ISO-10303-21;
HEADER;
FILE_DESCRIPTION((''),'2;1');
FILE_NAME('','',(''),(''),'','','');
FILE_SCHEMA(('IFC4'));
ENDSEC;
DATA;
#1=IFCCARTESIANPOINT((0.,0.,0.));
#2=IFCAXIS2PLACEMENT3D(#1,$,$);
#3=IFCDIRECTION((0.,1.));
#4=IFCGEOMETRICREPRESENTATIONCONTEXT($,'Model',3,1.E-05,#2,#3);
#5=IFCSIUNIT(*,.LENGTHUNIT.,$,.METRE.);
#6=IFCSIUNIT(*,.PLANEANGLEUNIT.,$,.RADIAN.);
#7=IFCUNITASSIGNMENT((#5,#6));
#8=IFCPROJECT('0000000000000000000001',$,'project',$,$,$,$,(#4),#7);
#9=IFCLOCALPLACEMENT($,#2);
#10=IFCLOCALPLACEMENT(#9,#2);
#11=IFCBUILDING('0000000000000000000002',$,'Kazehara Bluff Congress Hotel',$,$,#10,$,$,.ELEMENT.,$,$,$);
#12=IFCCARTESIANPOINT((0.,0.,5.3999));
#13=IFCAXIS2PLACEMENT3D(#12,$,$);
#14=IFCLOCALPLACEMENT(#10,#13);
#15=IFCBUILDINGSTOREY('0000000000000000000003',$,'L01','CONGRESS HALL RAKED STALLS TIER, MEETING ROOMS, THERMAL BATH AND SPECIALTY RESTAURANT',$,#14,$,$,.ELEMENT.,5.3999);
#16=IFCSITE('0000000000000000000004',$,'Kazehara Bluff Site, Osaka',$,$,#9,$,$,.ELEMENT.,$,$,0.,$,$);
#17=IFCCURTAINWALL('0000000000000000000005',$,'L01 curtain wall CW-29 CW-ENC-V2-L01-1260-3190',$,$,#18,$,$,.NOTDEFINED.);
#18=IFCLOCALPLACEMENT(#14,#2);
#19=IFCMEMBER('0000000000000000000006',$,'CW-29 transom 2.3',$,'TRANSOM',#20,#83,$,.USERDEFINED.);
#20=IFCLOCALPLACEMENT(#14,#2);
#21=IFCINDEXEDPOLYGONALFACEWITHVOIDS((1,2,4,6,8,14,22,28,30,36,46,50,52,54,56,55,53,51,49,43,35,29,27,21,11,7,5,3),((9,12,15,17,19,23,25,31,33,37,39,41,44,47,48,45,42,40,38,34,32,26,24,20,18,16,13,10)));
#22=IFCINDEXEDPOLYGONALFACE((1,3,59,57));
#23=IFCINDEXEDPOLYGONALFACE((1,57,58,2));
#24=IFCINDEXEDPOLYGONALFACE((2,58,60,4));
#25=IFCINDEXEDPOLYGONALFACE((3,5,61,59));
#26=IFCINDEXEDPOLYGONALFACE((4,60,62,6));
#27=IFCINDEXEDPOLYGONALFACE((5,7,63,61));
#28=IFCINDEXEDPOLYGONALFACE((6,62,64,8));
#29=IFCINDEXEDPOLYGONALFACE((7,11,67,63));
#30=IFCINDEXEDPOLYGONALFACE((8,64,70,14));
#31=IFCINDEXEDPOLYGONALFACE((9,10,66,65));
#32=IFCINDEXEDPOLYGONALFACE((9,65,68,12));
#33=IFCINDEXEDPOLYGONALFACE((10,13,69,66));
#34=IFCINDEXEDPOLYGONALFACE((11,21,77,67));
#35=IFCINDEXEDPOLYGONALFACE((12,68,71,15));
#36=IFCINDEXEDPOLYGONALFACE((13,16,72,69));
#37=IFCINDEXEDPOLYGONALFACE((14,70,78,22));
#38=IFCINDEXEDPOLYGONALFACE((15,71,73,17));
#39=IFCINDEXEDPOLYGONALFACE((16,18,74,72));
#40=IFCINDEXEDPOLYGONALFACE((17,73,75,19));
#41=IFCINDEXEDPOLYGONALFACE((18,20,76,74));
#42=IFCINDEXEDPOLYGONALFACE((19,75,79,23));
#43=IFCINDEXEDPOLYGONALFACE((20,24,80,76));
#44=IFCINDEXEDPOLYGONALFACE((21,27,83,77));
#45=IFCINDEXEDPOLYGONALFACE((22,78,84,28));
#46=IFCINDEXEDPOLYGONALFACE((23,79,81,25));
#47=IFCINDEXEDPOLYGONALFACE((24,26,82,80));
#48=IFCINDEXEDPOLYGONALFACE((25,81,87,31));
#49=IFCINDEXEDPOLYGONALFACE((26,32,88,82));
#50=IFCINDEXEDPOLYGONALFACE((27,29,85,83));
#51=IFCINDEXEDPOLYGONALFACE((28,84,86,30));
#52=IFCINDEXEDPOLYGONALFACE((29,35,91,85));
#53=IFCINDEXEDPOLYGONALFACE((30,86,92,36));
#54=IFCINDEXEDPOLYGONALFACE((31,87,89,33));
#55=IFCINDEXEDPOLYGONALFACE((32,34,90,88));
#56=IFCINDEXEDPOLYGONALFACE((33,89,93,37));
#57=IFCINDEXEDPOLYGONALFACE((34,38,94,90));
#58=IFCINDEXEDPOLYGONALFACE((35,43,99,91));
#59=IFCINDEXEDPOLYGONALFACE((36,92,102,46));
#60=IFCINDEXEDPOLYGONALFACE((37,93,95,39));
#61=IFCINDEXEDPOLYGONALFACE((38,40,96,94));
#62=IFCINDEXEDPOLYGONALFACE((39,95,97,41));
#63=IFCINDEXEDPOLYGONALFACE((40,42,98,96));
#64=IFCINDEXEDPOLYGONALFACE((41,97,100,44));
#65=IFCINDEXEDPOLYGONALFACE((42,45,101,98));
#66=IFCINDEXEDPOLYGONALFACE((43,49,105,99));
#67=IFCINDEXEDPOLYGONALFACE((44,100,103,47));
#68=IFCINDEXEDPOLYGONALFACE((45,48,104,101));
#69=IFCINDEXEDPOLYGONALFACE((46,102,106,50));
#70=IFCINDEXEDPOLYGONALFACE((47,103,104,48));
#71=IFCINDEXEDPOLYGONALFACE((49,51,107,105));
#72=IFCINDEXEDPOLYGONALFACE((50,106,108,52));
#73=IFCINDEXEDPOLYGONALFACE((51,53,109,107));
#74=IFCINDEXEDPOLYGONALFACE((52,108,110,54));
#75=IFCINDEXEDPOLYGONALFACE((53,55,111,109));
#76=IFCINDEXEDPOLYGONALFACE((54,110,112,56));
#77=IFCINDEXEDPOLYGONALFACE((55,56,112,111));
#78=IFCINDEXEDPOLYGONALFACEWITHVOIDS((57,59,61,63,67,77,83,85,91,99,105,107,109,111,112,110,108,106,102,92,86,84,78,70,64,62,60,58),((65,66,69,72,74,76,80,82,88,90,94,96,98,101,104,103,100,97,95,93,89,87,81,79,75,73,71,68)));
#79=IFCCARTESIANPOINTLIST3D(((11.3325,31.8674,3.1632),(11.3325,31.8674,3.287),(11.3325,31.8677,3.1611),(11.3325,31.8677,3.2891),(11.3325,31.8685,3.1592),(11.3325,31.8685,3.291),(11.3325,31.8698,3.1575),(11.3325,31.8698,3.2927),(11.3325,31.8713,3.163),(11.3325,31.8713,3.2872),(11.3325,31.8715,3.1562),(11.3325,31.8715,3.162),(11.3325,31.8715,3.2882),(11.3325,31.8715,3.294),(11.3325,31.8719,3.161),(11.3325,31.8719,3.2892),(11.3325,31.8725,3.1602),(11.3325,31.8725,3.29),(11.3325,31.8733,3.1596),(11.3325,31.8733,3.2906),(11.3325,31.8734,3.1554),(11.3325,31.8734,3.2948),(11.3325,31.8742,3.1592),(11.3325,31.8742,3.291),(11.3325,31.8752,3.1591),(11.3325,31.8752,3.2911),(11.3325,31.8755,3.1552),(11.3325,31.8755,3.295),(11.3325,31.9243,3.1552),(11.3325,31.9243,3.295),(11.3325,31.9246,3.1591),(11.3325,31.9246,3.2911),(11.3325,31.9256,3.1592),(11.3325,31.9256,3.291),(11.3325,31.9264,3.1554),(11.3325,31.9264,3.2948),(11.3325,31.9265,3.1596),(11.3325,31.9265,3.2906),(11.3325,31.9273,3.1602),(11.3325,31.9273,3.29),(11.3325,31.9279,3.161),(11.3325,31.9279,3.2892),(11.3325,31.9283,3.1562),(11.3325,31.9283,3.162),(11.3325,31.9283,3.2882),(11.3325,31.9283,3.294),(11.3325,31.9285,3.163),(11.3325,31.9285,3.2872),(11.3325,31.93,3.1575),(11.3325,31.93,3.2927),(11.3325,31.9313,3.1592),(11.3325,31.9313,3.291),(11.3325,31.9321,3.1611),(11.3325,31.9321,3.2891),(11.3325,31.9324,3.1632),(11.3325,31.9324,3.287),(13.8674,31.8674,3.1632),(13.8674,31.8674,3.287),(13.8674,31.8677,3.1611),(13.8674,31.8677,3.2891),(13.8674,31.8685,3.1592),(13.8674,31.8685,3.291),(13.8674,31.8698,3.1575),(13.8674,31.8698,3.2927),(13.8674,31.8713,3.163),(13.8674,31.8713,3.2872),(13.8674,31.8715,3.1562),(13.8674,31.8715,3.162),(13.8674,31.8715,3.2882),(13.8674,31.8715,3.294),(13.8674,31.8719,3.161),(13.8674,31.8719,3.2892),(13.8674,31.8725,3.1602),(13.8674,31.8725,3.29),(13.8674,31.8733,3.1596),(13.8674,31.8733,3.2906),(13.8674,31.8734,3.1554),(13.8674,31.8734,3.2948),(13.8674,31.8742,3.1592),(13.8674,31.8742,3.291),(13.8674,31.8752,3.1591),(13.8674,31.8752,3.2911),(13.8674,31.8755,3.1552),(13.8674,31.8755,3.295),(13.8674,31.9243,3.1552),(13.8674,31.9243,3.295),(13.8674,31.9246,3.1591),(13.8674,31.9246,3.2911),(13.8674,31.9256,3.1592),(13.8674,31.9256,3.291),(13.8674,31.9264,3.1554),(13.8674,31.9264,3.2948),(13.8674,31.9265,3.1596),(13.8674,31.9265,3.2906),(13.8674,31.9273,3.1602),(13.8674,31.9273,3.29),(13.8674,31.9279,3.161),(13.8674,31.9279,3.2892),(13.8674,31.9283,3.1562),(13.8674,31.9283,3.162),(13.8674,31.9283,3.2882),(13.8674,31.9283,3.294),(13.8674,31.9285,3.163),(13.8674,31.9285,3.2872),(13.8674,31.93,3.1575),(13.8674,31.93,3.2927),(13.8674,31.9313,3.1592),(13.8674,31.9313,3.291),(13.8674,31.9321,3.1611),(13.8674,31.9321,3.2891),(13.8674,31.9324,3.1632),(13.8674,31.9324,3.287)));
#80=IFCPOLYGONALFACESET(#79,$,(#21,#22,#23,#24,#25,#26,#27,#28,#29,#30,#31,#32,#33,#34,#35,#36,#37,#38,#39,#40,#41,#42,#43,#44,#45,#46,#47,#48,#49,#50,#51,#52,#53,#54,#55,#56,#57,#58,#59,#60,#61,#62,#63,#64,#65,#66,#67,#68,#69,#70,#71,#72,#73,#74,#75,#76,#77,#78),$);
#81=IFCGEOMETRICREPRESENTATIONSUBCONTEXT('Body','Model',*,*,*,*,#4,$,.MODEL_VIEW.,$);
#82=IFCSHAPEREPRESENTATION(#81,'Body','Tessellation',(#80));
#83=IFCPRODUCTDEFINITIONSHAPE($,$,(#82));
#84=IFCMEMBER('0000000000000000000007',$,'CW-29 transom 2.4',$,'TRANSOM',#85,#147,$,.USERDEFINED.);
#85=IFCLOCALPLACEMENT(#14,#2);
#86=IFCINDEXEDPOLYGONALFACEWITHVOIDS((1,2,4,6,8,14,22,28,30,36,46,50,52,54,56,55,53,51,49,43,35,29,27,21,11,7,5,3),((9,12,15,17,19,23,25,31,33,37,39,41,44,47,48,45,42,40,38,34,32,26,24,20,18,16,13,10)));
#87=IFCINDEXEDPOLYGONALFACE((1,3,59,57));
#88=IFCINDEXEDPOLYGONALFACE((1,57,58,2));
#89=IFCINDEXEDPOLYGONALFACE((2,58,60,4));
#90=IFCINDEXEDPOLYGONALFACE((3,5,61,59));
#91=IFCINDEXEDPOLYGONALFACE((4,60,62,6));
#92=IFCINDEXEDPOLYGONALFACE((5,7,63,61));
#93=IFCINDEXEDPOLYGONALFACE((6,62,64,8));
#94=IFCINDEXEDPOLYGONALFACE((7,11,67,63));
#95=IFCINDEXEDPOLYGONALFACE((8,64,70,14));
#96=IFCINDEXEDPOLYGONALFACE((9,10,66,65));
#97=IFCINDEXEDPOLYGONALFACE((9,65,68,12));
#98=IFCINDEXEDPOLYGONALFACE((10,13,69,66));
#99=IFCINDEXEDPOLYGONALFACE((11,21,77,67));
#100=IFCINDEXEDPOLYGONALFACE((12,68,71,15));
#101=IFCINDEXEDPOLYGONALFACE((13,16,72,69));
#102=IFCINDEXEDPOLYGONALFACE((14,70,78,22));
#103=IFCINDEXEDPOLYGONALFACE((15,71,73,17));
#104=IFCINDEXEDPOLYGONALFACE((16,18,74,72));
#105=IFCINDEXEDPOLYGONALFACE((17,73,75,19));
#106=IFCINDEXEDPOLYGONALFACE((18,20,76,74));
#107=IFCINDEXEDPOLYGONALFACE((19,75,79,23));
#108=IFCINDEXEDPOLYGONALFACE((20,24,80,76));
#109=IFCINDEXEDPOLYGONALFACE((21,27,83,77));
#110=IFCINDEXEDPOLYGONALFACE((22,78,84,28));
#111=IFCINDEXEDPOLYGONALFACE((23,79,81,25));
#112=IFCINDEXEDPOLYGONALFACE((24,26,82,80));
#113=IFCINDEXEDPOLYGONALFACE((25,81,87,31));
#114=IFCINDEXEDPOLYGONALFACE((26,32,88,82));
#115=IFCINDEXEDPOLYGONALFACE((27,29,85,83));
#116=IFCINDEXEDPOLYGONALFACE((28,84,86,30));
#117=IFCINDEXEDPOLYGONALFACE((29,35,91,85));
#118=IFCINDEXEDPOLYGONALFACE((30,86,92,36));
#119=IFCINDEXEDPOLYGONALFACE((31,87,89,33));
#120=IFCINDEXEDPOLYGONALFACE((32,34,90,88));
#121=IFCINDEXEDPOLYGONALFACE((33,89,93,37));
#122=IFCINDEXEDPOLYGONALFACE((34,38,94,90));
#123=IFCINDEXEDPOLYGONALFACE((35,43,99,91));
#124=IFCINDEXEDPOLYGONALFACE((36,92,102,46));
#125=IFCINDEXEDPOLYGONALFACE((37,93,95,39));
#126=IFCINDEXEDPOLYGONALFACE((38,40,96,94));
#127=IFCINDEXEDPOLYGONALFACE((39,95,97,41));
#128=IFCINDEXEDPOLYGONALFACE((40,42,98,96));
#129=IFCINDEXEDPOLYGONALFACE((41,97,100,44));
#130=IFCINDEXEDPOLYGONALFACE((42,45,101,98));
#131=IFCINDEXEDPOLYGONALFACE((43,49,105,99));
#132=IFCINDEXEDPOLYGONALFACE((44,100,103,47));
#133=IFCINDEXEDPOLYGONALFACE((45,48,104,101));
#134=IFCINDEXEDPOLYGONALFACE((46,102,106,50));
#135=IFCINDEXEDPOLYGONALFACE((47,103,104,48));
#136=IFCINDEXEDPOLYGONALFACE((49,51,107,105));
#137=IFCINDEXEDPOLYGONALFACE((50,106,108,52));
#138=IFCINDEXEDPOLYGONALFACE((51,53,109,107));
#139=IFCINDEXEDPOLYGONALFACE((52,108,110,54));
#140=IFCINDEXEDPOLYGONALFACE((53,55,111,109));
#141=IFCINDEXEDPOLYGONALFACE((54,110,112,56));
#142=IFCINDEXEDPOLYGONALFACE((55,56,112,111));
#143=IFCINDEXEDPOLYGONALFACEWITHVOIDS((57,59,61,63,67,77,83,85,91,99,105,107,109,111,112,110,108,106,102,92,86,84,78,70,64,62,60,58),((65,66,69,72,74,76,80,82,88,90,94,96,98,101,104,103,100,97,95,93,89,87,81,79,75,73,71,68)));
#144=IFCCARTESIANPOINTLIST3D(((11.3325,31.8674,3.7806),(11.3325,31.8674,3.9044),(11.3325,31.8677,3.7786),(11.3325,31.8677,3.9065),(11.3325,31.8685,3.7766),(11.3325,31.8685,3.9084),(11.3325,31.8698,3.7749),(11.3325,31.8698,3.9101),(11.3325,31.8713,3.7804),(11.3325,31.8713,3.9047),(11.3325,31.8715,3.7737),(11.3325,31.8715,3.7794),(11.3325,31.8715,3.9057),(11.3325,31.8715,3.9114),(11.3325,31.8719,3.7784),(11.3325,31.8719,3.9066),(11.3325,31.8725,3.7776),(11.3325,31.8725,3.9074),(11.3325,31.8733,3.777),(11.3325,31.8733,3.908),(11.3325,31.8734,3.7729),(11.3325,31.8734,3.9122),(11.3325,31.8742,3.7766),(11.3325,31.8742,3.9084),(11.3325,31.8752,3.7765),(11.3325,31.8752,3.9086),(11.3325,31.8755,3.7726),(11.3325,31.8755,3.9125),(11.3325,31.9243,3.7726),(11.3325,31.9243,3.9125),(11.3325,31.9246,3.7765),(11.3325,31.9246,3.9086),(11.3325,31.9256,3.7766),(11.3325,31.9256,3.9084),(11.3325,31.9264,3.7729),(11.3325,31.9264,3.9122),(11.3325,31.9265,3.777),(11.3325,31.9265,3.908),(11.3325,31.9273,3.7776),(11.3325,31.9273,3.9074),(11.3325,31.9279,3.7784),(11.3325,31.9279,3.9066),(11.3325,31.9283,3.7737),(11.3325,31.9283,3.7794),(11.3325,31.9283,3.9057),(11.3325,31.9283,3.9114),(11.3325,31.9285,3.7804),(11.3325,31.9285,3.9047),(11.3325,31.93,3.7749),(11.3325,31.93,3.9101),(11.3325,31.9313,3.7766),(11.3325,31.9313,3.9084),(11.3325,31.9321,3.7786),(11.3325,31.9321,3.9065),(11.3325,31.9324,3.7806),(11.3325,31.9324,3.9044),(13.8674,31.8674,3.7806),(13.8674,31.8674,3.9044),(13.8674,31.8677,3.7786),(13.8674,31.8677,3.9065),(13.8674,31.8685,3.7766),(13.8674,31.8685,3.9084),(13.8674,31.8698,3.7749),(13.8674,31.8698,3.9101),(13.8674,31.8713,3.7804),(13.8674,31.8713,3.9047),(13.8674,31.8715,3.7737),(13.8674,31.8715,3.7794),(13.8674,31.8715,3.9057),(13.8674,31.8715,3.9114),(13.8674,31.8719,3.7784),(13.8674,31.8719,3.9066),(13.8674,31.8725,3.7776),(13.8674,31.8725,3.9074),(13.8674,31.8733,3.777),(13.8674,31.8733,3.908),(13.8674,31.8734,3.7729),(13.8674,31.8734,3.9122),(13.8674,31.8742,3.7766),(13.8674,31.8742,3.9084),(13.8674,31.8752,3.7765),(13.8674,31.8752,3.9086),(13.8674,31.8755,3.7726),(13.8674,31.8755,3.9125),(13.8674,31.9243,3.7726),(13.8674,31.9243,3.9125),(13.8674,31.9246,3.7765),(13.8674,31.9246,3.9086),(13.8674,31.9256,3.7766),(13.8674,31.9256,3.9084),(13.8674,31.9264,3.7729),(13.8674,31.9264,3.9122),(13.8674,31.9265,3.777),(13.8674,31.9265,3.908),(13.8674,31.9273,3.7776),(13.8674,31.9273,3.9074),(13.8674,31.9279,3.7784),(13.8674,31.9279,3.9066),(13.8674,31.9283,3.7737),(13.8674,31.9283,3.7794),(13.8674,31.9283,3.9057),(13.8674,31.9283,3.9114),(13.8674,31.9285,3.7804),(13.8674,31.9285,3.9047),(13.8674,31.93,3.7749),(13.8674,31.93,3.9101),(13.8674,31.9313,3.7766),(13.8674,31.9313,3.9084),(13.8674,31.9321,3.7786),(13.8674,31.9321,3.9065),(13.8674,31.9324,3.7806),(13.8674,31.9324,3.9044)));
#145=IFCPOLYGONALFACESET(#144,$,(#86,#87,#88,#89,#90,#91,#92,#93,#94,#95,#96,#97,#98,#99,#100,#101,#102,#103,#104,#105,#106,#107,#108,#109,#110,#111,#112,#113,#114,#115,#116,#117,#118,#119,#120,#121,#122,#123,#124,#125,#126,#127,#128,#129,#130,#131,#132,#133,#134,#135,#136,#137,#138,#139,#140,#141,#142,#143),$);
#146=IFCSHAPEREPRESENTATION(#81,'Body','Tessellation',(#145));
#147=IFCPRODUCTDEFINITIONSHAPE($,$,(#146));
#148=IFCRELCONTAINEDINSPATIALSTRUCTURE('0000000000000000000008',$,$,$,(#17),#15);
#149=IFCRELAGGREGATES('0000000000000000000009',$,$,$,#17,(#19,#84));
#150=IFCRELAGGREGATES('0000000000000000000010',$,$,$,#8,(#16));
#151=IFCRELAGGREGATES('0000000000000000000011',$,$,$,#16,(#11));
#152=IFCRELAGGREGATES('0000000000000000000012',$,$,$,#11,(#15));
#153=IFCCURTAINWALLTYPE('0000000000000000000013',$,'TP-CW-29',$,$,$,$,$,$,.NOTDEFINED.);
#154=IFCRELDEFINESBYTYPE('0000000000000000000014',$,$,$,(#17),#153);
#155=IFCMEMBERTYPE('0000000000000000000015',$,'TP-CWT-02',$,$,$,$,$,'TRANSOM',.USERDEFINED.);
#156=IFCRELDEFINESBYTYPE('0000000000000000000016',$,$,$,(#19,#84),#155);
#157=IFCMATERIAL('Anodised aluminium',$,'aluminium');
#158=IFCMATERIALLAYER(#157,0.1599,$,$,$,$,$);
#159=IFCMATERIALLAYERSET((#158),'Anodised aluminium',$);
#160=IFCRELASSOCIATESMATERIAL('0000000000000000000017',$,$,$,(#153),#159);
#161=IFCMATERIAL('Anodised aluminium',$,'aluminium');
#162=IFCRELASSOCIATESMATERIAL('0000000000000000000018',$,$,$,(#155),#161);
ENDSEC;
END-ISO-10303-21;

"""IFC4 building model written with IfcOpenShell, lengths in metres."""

from ifc_helpers import new_model, si_unit, direction, frame, origin, origin_2d, place, context, subcontext, project, spatial, hollow_rectangle, extrude, material, layer, layer_set, material_profile, profile_set, type_object, element, aggregate, save


model = new_model("IFC4")

# Units and contexts
model_context = context("Model", 3, precision=1e-05, world=origin(), true_north=direction((0.0, 1.0)))
body_context = subcontext(model_context, "Body", "Model", "MODEL_VIEW")
ifc_project = project(units=[si_unit("LENGTHUNIT", "METRE"), si_unit("PLANEANGLEUNIT", "RADIAN")], contexts=[model_context])

# Site, building, storey
site_placement = place(None, origin())
site = spatial("IfcSite", under=ifc_project, at=site_placement, Name="Kazehara Bluff Site, Osaka", CompositionType="ELEMENT", RefElevation=0.0)
building_placement = place(site_placement, origin())
building = spatial("IfcBuilding", under=site, at=building_placement, Name="Kazehara Bluff Congress Hotel", CompositionType="ELEMENT")
storey_placement = place(building_placement, frame((0.0, 0.0, 5.3999)))
storey = spatial("IfcBuildingStorey", under=building, at=storey_placement, Name="L01", Description="CONGRESS HALL RAKED STALLS TIER, MEETING ROOMS, THERMAL BATH AND SPECIALTY RESTAURANT", CompositionType="ELEMENT", Elevation=5.3999)

# Curtain wall
ifc_material_1 = material(Name="Anodised aluminium", Category="aluminium")
ifc_layer_1 = layer(ifc_material_1, 0.1599)
ifc_layer_set_1 = layer_set([ifc_layer_1], Name="Anodised aluminium")
curtain_wall_type_1 = type_object("IfcCurtainWallType", Name="TP-CW-29", PredefinedType="NOTDEFINED", material=ifc_layer_set_1)
curtain_wall_1_placement = place(storey_placement, origin())
curtain_wall_1 = element("IfcCurtainWall", 1, at=curtain_wall_1_placement, inside=storey, type_object=curtain_wall_type_1, Name="L01 curtain wall CW-29 CW-ENC-V2-L01-1260-3190", PredefinedType="NOTDEFINED")

# Members
ifc_material_2 = material(Name="Anodised aluminium", Category="aluminium")
ifc_material_profile_1 = material_profile(ifc_material_2, hollow_rectangle(XDim=0.0649, YDim=0.1399, WallThickness=0.0039, InnerFilletRadius=0.0039, OuterFilletRadius=0.0081, at=origin_2d()))
ifc_profile_set_1 = profile_set([ifc_material_profile_1], Name="Anodised aluminium")
member_type_1 = type_object("IfcMemberType", Name="TP-CWT-02", ElementType="TRANSOM", PredefinedType="USERDEFINED", material=ifc_profile_set_1)
member_1_placement = place(storey_placement, frame((11.3325, 31.8999, 3.2251), z_axis=(1.0, 0.0, 0.0), x_axis=(0.0, 1.0, 0.0)))
member_1 = element("IfcMember", 2, at=member_1_placement, type_object=member_type_1, Name="CW-29 transom 2.3", ObjectType="TRANSOM", PredefinedType="USERDEFINED", context=body_context, shape_type="SweptSolid", body=[
    extrude(hollow_rectangle(XDim=0.0649, YDim=0.1399, WallThickness=0.0039, InnerFilletRadius=0.0039, OuterFilletRadius=0.0081, at=origin_2d()), origin(), (0.0, 0.0, 1.0), 2.5349),
])
member_2_placement = place(storey_placement, frame((11.3325, 31.8999, 3.8425), z_axis=(1.0, 0.0, 0.0), x_axis=(0.0, 1.0, 0.0)))
member_2 = element("IfcMember", 3, at=member_2_placement, type_object=member_type_1, Name="CW-29 transom 2.4", ObjectType="TRANSOM", PredefinedType="USERDEFINED", context=body_context, shape_type="SweptSolid", body=[
    extrude(hollow_rectangle(XDim=0.0649, YDim=0.1399, WallThickness=0.0039, InnerFilletRadius=0.0039, OuterFilletRadius=0.0081, at=origin_2d()), origin(), (0.0, 0.0, 1.0), 2.5349),
])

aggregate(curtain_wall_1, [member_1, member_2])

save(model, "model.ifc")
